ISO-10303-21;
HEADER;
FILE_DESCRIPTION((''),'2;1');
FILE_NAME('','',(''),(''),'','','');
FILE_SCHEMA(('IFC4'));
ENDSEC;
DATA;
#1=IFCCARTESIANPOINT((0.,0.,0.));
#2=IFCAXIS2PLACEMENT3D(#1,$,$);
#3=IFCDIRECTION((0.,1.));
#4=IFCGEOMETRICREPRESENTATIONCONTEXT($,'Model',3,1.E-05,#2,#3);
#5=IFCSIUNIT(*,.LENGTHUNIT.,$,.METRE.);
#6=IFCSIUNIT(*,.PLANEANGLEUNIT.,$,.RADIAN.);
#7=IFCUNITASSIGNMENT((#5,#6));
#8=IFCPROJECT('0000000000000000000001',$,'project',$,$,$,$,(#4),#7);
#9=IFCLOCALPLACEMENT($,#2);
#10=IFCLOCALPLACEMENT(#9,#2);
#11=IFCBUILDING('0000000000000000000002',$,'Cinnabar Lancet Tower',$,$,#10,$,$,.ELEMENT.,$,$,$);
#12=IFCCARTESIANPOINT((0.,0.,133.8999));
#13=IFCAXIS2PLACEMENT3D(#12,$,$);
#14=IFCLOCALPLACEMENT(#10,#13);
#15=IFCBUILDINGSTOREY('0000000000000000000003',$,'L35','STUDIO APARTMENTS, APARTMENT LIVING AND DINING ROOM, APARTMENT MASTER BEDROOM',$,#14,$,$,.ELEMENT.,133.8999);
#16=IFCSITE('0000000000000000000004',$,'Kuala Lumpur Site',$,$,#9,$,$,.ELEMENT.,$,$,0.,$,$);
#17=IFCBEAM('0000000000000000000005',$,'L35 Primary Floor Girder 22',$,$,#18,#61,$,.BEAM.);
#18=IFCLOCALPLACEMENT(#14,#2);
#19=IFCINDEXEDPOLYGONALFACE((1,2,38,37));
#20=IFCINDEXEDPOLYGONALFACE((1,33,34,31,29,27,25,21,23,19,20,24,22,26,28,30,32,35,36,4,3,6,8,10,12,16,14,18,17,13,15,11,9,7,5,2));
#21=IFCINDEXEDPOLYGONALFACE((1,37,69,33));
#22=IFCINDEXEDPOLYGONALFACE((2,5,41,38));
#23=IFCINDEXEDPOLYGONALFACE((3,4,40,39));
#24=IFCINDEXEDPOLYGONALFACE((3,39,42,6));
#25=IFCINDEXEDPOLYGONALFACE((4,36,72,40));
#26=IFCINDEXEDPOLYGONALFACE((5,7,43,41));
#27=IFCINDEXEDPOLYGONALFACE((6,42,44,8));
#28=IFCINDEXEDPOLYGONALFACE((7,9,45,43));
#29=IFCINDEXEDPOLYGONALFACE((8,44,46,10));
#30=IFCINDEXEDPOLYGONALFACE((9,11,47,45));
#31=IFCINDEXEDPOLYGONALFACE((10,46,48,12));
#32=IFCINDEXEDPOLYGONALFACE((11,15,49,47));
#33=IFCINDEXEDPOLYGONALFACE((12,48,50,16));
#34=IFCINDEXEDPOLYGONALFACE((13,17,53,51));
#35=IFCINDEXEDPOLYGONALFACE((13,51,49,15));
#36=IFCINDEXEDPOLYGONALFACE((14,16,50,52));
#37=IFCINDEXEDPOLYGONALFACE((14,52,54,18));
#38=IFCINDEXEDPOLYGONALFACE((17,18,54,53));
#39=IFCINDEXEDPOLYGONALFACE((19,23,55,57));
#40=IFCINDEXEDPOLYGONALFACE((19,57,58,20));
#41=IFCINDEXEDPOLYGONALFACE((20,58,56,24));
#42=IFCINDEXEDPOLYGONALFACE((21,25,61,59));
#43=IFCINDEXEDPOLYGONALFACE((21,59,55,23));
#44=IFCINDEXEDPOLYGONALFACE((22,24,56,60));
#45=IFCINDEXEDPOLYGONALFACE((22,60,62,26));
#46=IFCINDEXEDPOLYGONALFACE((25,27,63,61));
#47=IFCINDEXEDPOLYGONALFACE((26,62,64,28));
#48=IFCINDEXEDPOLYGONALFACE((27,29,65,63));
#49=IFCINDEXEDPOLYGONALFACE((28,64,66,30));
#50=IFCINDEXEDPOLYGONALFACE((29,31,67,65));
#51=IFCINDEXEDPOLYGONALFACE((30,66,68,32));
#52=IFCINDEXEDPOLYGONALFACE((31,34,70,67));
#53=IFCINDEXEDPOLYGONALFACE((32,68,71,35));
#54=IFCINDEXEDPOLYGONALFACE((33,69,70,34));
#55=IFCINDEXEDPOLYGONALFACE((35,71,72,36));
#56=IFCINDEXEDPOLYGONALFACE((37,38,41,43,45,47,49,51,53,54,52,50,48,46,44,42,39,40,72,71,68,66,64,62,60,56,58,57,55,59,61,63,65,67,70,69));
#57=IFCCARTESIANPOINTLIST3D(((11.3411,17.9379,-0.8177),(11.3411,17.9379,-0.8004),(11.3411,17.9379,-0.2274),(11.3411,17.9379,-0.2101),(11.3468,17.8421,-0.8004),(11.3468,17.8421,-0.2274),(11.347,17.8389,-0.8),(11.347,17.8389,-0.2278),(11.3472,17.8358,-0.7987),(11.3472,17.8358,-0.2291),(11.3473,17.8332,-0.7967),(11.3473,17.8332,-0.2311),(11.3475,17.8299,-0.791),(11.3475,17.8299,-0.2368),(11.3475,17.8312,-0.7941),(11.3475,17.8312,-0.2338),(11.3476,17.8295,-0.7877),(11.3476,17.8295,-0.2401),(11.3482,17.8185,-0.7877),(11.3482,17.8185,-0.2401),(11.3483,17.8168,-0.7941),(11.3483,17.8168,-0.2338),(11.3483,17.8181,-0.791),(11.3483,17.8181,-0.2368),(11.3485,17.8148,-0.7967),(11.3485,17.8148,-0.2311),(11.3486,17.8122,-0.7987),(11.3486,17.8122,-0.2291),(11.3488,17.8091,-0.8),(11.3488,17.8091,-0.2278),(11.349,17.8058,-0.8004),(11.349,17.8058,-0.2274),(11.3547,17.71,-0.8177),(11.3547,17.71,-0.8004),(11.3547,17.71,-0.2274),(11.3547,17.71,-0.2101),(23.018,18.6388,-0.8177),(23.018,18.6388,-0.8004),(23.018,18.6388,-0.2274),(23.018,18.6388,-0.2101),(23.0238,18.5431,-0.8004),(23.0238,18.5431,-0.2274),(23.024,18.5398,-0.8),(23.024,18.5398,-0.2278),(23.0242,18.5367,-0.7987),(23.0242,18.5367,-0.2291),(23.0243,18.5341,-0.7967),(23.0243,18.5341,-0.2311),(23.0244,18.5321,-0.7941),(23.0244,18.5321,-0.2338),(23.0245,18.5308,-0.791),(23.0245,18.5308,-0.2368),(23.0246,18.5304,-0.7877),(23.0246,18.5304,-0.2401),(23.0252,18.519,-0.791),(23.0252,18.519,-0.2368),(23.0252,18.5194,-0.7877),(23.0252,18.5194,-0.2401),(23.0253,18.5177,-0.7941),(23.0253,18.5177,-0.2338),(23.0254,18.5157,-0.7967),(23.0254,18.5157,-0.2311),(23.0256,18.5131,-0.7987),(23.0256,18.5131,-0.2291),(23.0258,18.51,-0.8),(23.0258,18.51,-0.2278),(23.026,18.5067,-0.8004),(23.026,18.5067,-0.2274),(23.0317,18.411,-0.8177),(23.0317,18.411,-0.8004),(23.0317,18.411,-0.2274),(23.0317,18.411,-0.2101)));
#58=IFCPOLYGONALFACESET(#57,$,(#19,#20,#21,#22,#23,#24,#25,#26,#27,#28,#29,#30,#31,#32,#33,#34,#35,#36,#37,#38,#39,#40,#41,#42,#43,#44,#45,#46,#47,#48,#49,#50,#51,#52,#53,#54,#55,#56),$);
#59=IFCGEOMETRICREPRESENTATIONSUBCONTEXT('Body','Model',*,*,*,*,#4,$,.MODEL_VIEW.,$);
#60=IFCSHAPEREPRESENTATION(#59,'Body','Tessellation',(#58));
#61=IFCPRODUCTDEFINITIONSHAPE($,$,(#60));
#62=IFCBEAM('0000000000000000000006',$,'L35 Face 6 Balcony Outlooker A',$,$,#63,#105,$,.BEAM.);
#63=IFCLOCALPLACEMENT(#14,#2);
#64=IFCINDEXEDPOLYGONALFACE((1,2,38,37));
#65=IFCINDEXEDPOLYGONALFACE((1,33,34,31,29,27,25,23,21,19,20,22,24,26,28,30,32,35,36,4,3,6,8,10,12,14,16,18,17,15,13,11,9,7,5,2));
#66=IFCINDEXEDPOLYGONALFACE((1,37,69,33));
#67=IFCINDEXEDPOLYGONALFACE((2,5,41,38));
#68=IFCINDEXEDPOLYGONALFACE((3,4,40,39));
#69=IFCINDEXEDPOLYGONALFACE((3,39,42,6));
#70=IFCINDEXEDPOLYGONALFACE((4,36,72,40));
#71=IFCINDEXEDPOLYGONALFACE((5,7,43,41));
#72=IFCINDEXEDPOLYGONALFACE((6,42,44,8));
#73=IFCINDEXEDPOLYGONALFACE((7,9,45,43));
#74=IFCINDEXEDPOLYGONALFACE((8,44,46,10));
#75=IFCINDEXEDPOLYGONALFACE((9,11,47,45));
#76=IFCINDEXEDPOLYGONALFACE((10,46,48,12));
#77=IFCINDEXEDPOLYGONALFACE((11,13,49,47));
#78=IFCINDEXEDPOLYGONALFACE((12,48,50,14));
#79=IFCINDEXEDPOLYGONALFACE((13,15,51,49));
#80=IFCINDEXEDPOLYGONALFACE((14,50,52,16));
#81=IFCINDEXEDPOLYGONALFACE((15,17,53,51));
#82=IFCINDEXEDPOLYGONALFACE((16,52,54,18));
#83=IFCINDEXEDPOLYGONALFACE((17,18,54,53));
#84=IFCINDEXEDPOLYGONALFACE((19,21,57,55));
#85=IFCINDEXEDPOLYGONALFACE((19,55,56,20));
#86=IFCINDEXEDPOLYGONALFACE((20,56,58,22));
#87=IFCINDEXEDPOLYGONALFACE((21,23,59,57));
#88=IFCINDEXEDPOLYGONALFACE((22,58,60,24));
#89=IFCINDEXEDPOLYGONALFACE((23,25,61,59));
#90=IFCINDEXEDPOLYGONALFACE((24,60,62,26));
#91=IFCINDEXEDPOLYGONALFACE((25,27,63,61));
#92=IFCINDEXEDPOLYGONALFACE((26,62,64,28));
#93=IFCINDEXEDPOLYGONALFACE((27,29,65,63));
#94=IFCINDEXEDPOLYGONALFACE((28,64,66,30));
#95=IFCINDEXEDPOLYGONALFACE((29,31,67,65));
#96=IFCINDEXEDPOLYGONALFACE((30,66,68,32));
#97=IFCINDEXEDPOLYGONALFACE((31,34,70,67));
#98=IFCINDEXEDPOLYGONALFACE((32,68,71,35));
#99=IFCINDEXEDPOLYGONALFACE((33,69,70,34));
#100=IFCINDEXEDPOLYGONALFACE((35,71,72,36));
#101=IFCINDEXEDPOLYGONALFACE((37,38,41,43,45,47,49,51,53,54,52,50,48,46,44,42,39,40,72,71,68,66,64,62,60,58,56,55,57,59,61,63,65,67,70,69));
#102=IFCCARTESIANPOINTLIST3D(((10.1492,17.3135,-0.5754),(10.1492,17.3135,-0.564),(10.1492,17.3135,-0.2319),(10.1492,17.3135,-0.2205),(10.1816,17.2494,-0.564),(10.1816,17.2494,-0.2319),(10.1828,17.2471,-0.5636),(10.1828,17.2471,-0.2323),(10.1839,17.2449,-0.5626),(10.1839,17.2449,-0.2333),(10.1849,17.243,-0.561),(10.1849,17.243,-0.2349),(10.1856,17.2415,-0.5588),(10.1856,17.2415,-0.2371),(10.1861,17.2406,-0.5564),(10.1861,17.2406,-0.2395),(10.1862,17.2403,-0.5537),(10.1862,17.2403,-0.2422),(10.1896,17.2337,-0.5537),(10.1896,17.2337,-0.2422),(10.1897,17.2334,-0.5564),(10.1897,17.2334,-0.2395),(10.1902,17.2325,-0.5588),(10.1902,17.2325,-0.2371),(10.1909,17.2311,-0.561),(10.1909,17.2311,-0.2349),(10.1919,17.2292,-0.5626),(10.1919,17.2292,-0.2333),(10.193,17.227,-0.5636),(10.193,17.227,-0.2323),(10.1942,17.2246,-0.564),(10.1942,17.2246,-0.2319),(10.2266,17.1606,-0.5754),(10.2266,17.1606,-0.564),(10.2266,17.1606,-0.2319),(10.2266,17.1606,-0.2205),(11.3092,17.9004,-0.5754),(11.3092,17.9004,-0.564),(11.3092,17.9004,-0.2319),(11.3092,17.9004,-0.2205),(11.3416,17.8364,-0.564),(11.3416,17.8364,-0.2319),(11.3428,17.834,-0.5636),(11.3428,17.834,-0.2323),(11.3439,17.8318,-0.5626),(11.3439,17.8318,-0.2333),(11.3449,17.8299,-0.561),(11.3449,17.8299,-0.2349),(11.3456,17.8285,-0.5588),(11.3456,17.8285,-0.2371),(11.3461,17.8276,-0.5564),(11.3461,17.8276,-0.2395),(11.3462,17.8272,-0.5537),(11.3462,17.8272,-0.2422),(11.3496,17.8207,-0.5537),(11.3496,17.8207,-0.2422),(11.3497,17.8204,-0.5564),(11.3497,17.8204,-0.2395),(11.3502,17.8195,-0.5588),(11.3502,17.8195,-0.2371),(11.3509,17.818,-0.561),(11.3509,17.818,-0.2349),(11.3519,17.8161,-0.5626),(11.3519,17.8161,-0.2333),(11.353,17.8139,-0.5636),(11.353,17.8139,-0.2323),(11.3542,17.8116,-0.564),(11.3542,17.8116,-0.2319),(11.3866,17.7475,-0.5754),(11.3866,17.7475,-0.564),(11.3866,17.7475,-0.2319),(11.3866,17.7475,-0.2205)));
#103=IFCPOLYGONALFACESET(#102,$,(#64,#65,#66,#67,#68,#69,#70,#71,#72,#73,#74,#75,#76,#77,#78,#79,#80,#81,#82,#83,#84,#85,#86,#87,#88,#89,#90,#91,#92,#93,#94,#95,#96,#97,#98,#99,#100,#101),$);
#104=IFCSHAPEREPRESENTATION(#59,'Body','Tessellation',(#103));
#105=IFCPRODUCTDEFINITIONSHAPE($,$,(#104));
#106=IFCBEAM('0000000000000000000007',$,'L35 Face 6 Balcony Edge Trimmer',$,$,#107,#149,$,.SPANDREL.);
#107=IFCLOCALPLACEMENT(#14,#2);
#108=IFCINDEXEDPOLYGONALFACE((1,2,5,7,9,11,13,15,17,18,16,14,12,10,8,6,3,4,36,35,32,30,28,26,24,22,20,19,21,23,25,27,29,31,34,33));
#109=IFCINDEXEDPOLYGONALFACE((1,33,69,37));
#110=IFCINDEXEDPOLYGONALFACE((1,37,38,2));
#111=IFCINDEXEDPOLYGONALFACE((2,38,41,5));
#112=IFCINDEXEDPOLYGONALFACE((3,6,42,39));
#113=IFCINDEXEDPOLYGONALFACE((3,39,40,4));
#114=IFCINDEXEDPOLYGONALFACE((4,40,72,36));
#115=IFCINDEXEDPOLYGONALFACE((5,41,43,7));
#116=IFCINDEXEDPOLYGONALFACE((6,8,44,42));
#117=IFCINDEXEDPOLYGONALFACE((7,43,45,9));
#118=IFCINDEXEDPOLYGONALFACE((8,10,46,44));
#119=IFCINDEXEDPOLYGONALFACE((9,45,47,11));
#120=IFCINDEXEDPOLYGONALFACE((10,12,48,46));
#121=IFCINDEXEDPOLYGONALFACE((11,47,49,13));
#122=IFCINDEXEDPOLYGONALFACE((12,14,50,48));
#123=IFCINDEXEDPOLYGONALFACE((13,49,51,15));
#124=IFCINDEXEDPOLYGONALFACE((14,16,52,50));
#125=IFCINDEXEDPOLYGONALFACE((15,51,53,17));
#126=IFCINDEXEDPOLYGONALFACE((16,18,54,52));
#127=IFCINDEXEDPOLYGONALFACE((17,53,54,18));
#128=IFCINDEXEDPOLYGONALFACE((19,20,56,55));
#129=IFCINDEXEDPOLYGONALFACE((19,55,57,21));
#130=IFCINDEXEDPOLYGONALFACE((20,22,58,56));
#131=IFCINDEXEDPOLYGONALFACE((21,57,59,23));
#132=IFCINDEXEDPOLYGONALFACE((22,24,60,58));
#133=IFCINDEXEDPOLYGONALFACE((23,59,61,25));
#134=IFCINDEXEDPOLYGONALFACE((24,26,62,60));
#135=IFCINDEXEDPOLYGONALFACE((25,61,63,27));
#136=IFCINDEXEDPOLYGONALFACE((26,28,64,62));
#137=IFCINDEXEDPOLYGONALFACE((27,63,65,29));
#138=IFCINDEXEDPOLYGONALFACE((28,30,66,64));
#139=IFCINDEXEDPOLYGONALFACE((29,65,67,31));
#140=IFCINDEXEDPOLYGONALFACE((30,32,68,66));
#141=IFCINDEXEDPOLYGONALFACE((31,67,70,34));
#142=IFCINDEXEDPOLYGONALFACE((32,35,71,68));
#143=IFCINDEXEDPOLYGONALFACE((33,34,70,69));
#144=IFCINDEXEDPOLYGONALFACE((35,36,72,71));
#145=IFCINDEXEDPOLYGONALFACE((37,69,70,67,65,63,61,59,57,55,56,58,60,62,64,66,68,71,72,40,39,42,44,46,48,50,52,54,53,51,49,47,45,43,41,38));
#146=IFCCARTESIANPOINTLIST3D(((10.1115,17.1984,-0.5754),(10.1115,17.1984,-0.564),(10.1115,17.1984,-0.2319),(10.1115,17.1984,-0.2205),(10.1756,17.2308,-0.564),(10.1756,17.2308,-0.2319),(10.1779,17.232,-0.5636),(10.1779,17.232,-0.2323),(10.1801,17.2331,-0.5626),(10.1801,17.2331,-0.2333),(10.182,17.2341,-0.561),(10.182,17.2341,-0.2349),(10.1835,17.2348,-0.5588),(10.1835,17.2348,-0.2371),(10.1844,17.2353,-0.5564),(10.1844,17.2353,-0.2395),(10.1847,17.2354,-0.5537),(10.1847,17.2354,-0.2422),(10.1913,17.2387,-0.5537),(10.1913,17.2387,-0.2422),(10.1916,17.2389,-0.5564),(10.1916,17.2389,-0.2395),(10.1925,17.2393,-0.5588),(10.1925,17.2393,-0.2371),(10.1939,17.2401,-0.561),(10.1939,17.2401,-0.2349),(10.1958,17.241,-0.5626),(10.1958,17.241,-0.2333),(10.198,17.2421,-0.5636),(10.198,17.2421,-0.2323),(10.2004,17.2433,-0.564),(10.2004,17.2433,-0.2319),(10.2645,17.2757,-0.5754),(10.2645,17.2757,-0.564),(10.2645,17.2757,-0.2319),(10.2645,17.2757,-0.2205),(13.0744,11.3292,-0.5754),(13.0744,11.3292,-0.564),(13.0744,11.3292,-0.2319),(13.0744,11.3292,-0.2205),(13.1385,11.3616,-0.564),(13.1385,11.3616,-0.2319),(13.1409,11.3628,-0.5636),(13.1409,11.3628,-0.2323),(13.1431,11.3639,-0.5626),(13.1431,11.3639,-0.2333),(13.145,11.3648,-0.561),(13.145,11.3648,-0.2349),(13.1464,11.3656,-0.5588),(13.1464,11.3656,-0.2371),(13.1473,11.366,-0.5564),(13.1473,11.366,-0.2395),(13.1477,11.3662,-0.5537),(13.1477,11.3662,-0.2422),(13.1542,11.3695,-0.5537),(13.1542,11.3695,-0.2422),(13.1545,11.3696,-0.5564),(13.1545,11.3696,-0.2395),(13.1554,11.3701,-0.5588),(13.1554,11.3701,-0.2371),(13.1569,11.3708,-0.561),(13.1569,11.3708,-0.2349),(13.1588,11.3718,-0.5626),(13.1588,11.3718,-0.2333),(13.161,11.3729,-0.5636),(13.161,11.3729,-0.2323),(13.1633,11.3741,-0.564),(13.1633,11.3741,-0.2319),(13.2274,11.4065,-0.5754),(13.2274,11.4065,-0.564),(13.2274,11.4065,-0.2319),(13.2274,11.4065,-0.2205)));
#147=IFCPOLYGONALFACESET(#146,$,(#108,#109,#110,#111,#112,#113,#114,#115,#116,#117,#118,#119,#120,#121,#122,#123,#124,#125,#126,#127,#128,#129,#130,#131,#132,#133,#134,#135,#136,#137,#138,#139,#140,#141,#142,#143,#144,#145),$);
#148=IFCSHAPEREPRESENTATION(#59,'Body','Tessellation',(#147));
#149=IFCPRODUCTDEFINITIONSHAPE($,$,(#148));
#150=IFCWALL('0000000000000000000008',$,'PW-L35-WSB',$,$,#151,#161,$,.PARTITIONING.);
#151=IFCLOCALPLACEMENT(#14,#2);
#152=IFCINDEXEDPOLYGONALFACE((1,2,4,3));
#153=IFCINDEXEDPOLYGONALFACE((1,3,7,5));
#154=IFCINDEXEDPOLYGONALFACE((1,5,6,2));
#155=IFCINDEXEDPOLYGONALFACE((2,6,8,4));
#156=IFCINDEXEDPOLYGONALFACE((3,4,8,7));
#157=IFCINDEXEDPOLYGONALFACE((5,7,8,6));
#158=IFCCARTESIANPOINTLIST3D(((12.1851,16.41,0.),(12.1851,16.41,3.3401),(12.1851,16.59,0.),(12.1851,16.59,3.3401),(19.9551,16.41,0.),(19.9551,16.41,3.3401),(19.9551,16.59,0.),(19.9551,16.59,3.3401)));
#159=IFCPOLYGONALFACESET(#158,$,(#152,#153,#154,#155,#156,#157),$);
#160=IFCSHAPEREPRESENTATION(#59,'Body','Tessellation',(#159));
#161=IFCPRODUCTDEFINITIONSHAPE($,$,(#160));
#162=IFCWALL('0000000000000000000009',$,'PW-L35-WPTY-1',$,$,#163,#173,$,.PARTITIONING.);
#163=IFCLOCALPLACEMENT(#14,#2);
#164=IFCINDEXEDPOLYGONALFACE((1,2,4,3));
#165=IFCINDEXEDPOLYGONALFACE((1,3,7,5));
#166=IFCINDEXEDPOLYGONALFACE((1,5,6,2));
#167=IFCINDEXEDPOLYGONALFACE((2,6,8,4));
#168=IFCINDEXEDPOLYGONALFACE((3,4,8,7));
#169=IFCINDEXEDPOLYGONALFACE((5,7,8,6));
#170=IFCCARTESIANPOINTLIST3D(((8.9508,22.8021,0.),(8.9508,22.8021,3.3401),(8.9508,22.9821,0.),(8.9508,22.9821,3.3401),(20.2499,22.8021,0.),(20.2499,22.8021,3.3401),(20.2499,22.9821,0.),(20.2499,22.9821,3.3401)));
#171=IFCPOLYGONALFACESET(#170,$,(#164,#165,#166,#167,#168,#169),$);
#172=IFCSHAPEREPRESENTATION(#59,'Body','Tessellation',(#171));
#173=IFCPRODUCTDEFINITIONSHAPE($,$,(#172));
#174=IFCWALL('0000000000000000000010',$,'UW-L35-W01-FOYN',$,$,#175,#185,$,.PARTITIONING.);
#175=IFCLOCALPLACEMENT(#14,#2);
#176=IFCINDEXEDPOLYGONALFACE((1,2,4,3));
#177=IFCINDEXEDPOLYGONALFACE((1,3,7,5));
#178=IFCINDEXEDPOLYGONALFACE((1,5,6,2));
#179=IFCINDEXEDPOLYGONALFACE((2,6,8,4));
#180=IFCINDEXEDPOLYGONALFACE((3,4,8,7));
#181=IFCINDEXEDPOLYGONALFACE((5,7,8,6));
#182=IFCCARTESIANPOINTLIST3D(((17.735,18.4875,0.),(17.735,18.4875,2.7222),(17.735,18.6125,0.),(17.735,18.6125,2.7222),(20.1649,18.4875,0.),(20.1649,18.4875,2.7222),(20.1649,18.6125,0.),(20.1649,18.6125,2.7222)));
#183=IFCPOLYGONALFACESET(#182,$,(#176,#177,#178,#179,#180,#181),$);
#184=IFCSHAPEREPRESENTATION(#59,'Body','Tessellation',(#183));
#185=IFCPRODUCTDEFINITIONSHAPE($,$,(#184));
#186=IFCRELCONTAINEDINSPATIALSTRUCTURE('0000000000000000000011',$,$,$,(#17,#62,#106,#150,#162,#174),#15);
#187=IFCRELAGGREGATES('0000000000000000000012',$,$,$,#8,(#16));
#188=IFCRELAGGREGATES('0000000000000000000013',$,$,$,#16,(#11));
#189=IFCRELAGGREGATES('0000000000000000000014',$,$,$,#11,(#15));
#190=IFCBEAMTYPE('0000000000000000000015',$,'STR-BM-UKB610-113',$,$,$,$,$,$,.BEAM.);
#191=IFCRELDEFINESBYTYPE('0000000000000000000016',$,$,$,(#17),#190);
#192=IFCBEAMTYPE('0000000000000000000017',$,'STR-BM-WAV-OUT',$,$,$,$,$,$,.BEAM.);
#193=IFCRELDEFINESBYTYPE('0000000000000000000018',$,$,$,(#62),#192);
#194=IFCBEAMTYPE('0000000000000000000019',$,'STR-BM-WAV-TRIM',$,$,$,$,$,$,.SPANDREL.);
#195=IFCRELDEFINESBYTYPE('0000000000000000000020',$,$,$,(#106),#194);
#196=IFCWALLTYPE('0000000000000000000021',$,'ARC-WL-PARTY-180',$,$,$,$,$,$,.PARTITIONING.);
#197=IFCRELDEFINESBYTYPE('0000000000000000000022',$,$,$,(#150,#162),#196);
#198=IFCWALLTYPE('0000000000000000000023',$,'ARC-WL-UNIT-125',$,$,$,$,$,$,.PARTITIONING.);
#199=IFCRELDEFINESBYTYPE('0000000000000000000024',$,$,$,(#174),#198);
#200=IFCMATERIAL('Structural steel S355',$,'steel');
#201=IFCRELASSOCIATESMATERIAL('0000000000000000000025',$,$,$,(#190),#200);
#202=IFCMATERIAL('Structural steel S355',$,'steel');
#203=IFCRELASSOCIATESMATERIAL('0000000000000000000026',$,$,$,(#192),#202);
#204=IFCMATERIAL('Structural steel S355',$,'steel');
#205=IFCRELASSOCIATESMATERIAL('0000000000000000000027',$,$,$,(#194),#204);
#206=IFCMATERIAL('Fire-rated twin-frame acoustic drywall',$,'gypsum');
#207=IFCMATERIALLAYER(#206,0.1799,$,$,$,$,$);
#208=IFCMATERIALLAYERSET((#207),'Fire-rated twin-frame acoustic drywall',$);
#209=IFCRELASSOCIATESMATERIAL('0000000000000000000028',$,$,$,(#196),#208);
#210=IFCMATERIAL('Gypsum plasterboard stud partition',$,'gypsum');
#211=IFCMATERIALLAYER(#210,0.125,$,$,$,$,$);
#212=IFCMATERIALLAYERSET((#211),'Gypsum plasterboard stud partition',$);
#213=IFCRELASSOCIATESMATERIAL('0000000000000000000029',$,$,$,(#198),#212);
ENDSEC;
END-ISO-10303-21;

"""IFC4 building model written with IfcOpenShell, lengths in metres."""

from ifc_helpers import new_model, si_unit, direction, frame, frame_2d, origin, origin_2d, place, context, subcontext, project, spatial, rectangle, i_section, extrude, material, layer, layer_set, material_profile, profile_set, type_object, element, save


model = new_model("IFC4")

# Units and contexts
model_context = context("Model", 3, precision=1e-05, world=origin(), true_north=direction((0.0, 1.0)))
body_context = subcontext(model_context, "Body", "Model", "MODEL_VIEW")
ifc_project = project(units=[si_unit("LENGTHUNIT", "METRE"), si_unit("PLANEANGLEUNIT", "RADIAN")], contexts=[model_context])

# Site, building, storey
site_placement = place(None, origin())
site = spatial("IfcSite", under=ifc_project, at=site_placement, Name="Kuala Lumpur Site", CompositionType="ELEMENT", RefElevation=0.0)
building_placement = place(site_placement, origin())
building = spatial("IfcBuilding", under=site, at=building_placement, Name="Cinnabar Lancet Tower", CompositionType="ELEMENT")
storey_placement = place(building_placement, frame((0.0, 0.0, 133.8999)))
storey = spatial("IfcBuildingStorey", under=building, at=storey_placement, Name="L35", Description="STUDIO APARTMENTS, APARTMENT LIVING AND DINING ROOM, APARTMENT MASTER BEDROOM", CompositionType="ELEMENT", Elevation=133.8999)

# Beams
ifc_material_1 = material(Name="Structural steel S355", Category="steel")
ifc_material_profile_1 = material_profile(ifc_material_1, i_section(OverallWidth=0.2283, OverallDepth=0.6077, WebThickness=0.011, FlangeThickness=0.0173, FilletRadius=0.0127, at=origin_2d()), Name="UKB 610x229x113")
ifc_profile_set_1 = profile_set([ifc_material_profile_1], Name="Structural steel S355")
beam_type_1 = type_object("IfcBeamType", Name="STR-BM-UKB610-113", PredefinedType="BEAM", material=ifc_profile_set_1)
beam_1_placement = place(storey_placement, frame((11.3479, 17.824, -0.5139), z_axis=(0.998203, 0.059918, 0.0), x_axis=(-0.059918, 0.998203, 0.0)))
element("IfcBeam", 1, at=beam_1_placement, inside=storey, type_object=beam_type_1, Name="L35 Primary Floor Girder 22", PredefinedType="BEAM", context=body_context, shape_type="SweptSolid", body=[
    extrude(i_section(OverallWidth=0.2283, OverallDepth=0.6077, WebThickness=0.011, FlangeThickness=0.0173, FilletRadius=0.0127, at=origin_2d()), origin(), (0.0, 0.0, 1.0), 11.698),
])
ifc_material_2 = material(Name="Structural steel S355", Category="steel")
ifc_material_profile_2 = material_profile(ifc_material_2, i_section(OverallWidth=0.1714, OverallDepth=0.355, WebThickness=0.0073, FlangeThickness=0.0115, FilletRadius=0.0103, at=origin_2d()), Name="UKB 356x171x51")
ifc_profile_set_2 = profile_set([ifc_material_profile_2], Name="Structural steel S355")
beam_type_2 = type_object("IfcBeamType", Name="STR-BM-WAV-OUT", PredefinedType="BEAM", material=ifc_profile_set_2)
beam_2_placement = place(storey_placement, frame((11.3479, 17.824, -0.3979), z_axis=(-0.892276, -0.45149, 0.0), x_axis=(0.45149, -0.892276, 0.0)))
element("IfcBeam", 2, at=beam_2_placement, inside=storey, type_object=beam_type_2, Name="L35 Face 6 Balcony Outlooker A", PredefinedType="BEAM", context=body_context, shape_type="SweptSolid", body=[
    extrude(i_section(OverallWidth=0.1714, OverallDepth=0.355, WebThickness=0.0073, FlangeThickness=0.0115, FilletRadius=0.0103, at=origin_2d()), origin(), (0.0, 0.0, 1.0), 1.3),
])
ifc_material_3 = material(Name="Structural steel S355", Category="steel")
ifc_material_profile_3 = material_profile(ifc_material_3, i_section(OverallWidth=0.1714, OverallDepth=0.355, WebThickness=0.0073, FlangeThickness=0.0115, FilletRadius=0.0103, at=origin_2d()), Name="UKB 356x171x51")
ifc_profile_set_3 = profile_set([ifc_material_profile_3], Name="Structural steel S355")
beam_type_3 = type_object("IfcBeamType", Name="STR-BM-WAV-TRIM", PredefinedType="SPANDREL", material=ifc_profile_set_3)
beam_3_placement = place(storey_placement, frame((10.188, 17.2371, -0.3979), z_axis=(0.450656, -0.892698, 0.0), x_axis=(0.892698, 0.450656, 0.0)))
element("IfcBeam", 3, at=beam_3_placement, inside=storey, type_object=beam_type_3, Name="L35 Face 6 Balcony Edge Trimmer", PredefinedType="SPANDREL", context=body_context, shape_type="SweptSolid", body=[
    extrude(i_section(OverallWidth=0.1714, OverallDepth=0.355, WebThickness=0.0073, FlangeThickness=0.0115, FilletRadius=0.0103, at=origin_2d()), origin(), (0.0, 0.0, 1.0), 6.5747),
])

# Walls
ifc_material_4 = material(Name="Fire-rated twin-frame acoustic drywall", Category="gypsum")
ifc_layer_1 = layer(ifc_material_4, 0.1799)
ifc_layer_set_1 = layer_set([ifc_layer_1], Name="Fire-rated twin-frame acoustic drywall")
wall_type_1 = type_object("IfcWallType", Name="ARC-WL-PARTY-180", PredefinedType="PARTITIONING", material=ifc_layer_set_1)
wall_1_placement = place(storey_placement, frame((12.1851, 16.5, 0.0), z_axis=(0.0, 0.0, 1.0), x_axis=(1.0, 0.0, 0.0)))
element("IfcWall", 4, at=wall_1_placement, inside=storey, type_object=wall_type_1, Name="PW-L35-WSB", PredefinedType="PARTITIONING", context=body_context, shape_type="SweptSolid", body=[
    extrude(rectangle(XDim=7.77, YDim=0.1799, at=frame_2d((3.885, 0.0))), origin(), (0.0, 0.0, 1.0), 3.3401),
])
wall_2_placement = place(storey_placement, frame((8.9509, 22.8921, 0.0), z_axis=(0.0, 0.0, 1.0), x_axis=(1.0, 0.0, 0.0)))
element("IfcWall", 5, at=wall_2_placement, inside=storey, type_object=wall_type_1, Name="PW-L35-WPTY-1", PredefinedType="PARTITIONING", context=body_context, shape_type="SweptSolid", body=[
    extrude(rectangle(XDim=11.2991, YDim=0.1799, at=frame_2d((5.6494, 0.0))), origin(), (0.0, 0.0, 1.0), 3.3401),
])
ifc_material_5 = material(Name="Gypsum plasterboard stud partition", Category="gypsum")
ifc_layer_2 = layer(ifc_material_5, 0.125)
ifc_layer_set_2 = layer_set([ifc_layer_2], Name="Gypsum plasterboard stud partition")
wall_type_2 = type_object("IfcWallType", Name="ARC-WL-UNIT-125", PredefinedType="PARTITIONING", material=ifc_layer_set_2)
wall_3_placement = place(storey_placement, frame((17.7351, 18.55, 0.0), z_axis=(0.0, 0.0, 1.0), x_axis=(1.0, 0.0, 0.0)))
element("IfcWall", 6, at=wall_3_placement, inside=storey, type_object=wall_type_2, Name="UW-L35-W01-FOYN", PredefinedType="PARTITIONING", context=body_context, shape_type="SweptSolid", body=[
    extrude(rectangle(XDim=2.4299, YDim=0.125, at=frame_2d((1.2148, 0.0))), origin(), (0.0, 0.0, 1.0), 2.7222),
])

save(model, "model.ifc")
